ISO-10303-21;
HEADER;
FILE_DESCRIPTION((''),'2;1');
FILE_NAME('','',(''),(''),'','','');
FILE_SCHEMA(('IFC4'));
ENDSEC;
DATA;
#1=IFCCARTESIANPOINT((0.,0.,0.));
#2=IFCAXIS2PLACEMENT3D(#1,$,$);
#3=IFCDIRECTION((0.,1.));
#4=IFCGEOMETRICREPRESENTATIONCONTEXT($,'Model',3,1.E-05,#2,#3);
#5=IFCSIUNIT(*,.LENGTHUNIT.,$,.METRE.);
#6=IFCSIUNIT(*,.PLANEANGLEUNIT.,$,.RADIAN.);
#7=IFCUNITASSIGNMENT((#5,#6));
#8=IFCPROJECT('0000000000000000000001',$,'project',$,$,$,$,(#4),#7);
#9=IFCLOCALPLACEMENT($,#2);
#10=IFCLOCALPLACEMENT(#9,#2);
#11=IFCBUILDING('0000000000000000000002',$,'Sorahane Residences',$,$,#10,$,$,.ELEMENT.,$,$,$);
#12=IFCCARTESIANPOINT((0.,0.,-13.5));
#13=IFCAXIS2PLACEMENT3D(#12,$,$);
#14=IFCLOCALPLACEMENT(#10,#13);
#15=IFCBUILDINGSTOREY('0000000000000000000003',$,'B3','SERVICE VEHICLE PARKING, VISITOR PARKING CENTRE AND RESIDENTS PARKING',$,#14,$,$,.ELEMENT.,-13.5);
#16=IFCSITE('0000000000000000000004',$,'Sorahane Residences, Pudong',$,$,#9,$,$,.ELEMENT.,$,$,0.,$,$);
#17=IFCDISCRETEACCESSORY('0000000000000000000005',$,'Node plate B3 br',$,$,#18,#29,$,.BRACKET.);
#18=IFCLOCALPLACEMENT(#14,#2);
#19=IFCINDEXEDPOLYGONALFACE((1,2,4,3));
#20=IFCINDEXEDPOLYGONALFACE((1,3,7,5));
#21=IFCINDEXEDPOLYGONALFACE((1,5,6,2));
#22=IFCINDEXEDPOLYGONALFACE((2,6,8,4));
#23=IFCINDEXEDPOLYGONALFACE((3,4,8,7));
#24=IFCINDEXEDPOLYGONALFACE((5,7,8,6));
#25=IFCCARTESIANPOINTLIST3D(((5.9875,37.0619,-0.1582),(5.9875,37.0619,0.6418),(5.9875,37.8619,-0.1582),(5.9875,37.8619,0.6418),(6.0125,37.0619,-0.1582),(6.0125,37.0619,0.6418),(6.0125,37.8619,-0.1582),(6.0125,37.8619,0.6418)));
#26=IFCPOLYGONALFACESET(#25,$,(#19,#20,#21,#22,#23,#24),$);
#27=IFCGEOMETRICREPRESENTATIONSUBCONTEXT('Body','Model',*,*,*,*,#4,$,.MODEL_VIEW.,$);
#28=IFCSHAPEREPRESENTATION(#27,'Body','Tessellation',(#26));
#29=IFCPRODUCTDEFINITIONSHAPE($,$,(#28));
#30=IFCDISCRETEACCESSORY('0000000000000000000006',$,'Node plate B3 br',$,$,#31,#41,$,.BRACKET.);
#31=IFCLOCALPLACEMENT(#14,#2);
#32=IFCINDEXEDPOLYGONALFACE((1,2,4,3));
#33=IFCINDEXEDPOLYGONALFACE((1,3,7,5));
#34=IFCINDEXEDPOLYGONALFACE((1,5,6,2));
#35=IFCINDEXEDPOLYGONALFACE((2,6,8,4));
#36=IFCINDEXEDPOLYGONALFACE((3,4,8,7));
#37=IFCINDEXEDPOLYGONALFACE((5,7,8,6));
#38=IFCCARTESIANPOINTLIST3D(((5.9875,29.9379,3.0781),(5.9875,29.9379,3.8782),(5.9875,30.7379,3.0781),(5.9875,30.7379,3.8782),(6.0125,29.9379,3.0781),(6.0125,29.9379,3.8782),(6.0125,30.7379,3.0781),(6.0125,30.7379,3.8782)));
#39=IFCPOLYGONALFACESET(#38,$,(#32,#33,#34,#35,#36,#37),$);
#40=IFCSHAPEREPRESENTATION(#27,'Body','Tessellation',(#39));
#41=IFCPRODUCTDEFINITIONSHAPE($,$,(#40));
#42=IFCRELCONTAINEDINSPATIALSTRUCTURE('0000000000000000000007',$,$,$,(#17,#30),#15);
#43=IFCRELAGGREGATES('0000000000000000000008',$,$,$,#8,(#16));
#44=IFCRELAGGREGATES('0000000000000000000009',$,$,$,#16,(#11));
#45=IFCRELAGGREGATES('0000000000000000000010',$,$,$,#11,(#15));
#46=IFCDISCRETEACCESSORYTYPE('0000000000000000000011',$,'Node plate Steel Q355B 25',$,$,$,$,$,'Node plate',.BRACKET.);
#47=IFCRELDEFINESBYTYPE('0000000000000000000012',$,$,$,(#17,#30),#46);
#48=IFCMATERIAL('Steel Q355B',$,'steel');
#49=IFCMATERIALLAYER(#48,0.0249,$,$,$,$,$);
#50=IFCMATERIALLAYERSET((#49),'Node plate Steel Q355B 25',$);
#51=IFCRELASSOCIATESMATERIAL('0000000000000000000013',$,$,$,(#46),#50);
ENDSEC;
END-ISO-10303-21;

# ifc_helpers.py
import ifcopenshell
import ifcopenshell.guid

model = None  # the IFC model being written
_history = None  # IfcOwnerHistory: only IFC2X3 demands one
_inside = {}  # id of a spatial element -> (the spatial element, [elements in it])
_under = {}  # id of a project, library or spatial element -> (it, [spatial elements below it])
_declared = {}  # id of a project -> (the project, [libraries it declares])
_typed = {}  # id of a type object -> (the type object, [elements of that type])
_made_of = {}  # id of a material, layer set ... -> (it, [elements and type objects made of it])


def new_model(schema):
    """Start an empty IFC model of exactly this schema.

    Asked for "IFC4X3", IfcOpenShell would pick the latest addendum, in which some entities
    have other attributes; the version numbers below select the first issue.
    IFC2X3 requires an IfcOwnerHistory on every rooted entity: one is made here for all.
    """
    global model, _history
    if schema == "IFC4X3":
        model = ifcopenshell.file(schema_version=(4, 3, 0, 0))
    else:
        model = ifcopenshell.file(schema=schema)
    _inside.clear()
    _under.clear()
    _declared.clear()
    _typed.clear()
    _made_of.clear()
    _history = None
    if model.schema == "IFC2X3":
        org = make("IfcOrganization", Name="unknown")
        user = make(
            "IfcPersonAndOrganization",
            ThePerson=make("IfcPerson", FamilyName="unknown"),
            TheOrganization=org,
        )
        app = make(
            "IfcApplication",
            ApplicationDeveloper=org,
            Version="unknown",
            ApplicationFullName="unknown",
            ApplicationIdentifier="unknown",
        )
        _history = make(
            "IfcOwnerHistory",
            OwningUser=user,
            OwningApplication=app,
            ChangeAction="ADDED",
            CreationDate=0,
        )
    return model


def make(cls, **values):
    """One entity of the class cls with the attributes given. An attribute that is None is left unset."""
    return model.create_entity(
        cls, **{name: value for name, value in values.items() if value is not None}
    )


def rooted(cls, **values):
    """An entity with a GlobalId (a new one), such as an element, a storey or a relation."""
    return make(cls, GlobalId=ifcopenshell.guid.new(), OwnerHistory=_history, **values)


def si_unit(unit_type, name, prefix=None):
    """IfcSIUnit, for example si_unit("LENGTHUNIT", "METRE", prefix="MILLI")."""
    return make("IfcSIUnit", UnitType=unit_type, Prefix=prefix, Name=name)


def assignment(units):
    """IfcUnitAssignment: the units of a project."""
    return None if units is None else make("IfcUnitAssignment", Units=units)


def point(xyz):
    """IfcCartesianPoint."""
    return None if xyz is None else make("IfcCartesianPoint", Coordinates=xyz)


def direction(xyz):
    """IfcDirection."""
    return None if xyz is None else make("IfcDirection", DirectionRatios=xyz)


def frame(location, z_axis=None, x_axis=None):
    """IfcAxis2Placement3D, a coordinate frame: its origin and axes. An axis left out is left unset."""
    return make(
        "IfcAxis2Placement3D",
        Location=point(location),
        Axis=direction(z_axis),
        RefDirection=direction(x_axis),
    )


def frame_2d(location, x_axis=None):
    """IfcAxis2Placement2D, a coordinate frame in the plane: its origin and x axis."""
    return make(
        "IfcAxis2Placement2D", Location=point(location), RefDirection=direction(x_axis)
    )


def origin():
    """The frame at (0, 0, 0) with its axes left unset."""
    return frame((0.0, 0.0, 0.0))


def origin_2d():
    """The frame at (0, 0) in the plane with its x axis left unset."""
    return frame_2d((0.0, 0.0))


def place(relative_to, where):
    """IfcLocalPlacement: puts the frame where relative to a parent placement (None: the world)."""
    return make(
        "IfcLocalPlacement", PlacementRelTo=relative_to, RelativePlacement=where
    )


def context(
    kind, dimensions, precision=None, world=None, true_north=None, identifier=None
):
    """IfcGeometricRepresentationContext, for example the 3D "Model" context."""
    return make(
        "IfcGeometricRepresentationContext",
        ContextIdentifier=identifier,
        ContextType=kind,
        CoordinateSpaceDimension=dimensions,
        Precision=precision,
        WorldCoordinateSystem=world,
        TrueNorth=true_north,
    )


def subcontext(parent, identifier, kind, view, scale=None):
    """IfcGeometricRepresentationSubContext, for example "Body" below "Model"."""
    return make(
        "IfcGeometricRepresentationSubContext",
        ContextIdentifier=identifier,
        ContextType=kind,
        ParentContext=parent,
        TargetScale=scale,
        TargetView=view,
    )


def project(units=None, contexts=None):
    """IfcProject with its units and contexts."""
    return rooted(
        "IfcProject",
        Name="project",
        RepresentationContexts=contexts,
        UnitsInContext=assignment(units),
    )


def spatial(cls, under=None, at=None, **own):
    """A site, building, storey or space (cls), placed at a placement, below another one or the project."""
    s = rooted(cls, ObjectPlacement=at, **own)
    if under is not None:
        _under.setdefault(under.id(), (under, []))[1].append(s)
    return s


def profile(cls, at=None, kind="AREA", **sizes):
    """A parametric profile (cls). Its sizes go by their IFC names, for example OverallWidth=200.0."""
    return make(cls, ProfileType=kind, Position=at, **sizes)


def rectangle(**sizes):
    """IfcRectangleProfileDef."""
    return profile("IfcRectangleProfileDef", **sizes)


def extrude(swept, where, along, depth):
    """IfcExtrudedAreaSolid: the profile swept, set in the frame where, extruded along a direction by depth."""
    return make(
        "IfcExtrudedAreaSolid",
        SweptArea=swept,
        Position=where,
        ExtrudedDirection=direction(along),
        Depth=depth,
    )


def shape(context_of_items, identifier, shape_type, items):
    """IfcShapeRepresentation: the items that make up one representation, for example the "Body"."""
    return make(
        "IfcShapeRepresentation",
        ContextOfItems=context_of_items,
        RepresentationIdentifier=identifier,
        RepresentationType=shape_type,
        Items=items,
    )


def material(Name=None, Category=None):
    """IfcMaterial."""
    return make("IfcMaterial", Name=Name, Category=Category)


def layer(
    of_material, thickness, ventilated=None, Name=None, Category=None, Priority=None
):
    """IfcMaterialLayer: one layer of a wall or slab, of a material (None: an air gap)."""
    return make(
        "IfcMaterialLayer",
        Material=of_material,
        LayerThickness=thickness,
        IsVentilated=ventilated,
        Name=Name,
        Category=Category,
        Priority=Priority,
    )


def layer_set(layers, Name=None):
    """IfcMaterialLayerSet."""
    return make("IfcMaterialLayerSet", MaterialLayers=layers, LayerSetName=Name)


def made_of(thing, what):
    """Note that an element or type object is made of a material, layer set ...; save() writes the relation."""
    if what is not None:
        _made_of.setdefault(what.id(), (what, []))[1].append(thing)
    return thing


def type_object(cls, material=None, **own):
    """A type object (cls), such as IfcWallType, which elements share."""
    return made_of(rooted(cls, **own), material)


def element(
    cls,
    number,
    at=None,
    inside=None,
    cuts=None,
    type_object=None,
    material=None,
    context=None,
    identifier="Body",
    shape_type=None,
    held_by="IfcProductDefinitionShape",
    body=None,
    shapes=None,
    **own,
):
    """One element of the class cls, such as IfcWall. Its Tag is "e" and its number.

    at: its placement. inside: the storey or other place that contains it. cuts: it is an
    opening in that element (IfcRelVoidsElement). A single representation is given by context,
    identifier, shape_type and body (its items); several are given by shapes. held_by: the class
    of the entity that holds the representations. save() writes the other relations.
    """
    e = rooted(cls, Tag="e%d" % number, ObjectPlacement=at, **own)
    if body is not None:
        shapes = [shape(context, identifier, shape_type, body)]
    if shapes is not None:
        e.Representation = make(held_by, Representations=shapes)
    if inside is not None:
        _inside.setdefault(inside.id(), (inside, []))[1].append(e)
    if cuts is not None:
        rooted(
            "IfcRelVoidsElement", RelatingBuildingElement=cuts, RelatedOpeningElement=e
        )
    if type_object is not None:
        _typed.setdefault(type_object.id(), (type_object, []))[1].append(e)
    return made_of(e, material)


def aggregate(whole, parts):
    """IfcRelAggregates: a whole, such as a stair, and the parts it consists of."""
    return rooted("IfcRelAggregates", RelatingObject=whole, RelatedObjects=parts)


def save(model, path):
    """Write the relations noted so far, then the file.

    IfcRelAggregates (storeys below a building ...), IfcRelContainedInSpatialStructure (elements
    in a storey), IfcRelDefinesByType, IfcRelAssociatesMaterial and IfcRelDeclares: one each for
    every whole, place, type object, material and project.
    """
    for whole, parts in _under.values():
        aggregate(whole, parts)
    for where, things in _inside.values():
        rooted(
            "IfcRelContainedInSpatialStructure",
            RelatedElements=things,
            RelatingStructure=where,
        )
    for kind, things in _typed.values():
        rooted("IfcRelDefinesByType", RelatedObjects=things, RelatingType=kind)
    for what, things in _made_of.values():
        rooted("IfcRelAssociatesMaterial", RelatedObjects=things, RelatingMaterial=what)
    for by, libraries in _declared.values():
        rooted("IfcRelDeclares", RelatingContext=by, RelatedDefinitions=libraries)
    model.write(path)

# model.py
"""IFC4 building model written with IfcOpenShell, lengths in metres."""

from ifc_helpers import new_model, si_unit, direction, frame, origin, origin_2d, place, context, subcontext, project, spatial, rectangle, extrude, material, layer, layer_set, type_object, element, save


model = new_model("IFC4")

# Units and contexts
model_context = context("Model", 3, precision=1e-05, world=origin(), true_north=direction((0.0, 1.0)))
body_context = subcontext(model_context, "Body", "Model", "MODEL_VIEW")
ifc_project = project(units=[si_unit("LENGTHUNIT", "METRE"), si_unit("PLANEANGLEUNIT", "RADIAN")], contexts=[model_context])

# Site, building, storey
site_placement = place(None, origin())
site = spatial("IfcSite", under=ifc_project, at=site_placement, Name="Sorahane Residences, Pudong", CompositionType="ELEMENT", RefElevation=0.0)
building_placement = place(site_placement, origin())
building = spatial("IfcBuilding", under=site, at=building_placement, Name="Sorahane Residences", CompositionType="ELEMENT")
storey_placement = place(building_placement, frame((0.0, 0.0, -13.5)))
storey = spatial("IfcBuildingStorey", under=building, at=storey_placement, Name="B3", Description="SERVICE VEHICLE PARKING, VISITOR PARKING CENTRE AND RESIDENTS PARKING", CompositionType="ELEMENT", Elevation=-13.5)

# Discrete accessories
ifc_material_1 = material(Name="Steel Q355B", Category="steel")
ifc_layer_1 = layer(ifc_material_1, 0.0249)
ifc_layer_set_1 = layer_set([ifc_layer_1], Name="Node plate Steel Q355B 25")
discrete_accessory_type = type_object("IfcDiscreteAccessoryType", Name="Node plate Steel Q355B 25", ElementType="Node plate", PredefinedType="BRACKET", material=ifc_layer_set_1)
for number, where, z_axis, x_axis, name in (
    (1, (6.0, 37.4619, -0.1582), (0.0, 0.0, 1.0), (0.0, 1.0, 0.0), "Node plate B3 br"),
    (2, (6.0, 30.3379, 3.0781), (0.0, 0.0, 1.0), (0.0, 1.0, 0.0), "Node plate B3 br"),
):
    element("IfcDiscreteAccessory", number, at=place(storey_placement, frame(where, z_axis=z_axis, x_axis=x_axis)), inside=storey, type_object=discrete_accessory_type, Name=name, PredefinedType="BRACKET", context=body_context, shape_type="SweptSolid", body=[
        extrude(rectangle(XDim=0.8, YDim=0.0249, at=origin_2d()), origin(), (0.0, 0.0, 1.0), 0.8),
    ])

save(model, "model.ifc")
